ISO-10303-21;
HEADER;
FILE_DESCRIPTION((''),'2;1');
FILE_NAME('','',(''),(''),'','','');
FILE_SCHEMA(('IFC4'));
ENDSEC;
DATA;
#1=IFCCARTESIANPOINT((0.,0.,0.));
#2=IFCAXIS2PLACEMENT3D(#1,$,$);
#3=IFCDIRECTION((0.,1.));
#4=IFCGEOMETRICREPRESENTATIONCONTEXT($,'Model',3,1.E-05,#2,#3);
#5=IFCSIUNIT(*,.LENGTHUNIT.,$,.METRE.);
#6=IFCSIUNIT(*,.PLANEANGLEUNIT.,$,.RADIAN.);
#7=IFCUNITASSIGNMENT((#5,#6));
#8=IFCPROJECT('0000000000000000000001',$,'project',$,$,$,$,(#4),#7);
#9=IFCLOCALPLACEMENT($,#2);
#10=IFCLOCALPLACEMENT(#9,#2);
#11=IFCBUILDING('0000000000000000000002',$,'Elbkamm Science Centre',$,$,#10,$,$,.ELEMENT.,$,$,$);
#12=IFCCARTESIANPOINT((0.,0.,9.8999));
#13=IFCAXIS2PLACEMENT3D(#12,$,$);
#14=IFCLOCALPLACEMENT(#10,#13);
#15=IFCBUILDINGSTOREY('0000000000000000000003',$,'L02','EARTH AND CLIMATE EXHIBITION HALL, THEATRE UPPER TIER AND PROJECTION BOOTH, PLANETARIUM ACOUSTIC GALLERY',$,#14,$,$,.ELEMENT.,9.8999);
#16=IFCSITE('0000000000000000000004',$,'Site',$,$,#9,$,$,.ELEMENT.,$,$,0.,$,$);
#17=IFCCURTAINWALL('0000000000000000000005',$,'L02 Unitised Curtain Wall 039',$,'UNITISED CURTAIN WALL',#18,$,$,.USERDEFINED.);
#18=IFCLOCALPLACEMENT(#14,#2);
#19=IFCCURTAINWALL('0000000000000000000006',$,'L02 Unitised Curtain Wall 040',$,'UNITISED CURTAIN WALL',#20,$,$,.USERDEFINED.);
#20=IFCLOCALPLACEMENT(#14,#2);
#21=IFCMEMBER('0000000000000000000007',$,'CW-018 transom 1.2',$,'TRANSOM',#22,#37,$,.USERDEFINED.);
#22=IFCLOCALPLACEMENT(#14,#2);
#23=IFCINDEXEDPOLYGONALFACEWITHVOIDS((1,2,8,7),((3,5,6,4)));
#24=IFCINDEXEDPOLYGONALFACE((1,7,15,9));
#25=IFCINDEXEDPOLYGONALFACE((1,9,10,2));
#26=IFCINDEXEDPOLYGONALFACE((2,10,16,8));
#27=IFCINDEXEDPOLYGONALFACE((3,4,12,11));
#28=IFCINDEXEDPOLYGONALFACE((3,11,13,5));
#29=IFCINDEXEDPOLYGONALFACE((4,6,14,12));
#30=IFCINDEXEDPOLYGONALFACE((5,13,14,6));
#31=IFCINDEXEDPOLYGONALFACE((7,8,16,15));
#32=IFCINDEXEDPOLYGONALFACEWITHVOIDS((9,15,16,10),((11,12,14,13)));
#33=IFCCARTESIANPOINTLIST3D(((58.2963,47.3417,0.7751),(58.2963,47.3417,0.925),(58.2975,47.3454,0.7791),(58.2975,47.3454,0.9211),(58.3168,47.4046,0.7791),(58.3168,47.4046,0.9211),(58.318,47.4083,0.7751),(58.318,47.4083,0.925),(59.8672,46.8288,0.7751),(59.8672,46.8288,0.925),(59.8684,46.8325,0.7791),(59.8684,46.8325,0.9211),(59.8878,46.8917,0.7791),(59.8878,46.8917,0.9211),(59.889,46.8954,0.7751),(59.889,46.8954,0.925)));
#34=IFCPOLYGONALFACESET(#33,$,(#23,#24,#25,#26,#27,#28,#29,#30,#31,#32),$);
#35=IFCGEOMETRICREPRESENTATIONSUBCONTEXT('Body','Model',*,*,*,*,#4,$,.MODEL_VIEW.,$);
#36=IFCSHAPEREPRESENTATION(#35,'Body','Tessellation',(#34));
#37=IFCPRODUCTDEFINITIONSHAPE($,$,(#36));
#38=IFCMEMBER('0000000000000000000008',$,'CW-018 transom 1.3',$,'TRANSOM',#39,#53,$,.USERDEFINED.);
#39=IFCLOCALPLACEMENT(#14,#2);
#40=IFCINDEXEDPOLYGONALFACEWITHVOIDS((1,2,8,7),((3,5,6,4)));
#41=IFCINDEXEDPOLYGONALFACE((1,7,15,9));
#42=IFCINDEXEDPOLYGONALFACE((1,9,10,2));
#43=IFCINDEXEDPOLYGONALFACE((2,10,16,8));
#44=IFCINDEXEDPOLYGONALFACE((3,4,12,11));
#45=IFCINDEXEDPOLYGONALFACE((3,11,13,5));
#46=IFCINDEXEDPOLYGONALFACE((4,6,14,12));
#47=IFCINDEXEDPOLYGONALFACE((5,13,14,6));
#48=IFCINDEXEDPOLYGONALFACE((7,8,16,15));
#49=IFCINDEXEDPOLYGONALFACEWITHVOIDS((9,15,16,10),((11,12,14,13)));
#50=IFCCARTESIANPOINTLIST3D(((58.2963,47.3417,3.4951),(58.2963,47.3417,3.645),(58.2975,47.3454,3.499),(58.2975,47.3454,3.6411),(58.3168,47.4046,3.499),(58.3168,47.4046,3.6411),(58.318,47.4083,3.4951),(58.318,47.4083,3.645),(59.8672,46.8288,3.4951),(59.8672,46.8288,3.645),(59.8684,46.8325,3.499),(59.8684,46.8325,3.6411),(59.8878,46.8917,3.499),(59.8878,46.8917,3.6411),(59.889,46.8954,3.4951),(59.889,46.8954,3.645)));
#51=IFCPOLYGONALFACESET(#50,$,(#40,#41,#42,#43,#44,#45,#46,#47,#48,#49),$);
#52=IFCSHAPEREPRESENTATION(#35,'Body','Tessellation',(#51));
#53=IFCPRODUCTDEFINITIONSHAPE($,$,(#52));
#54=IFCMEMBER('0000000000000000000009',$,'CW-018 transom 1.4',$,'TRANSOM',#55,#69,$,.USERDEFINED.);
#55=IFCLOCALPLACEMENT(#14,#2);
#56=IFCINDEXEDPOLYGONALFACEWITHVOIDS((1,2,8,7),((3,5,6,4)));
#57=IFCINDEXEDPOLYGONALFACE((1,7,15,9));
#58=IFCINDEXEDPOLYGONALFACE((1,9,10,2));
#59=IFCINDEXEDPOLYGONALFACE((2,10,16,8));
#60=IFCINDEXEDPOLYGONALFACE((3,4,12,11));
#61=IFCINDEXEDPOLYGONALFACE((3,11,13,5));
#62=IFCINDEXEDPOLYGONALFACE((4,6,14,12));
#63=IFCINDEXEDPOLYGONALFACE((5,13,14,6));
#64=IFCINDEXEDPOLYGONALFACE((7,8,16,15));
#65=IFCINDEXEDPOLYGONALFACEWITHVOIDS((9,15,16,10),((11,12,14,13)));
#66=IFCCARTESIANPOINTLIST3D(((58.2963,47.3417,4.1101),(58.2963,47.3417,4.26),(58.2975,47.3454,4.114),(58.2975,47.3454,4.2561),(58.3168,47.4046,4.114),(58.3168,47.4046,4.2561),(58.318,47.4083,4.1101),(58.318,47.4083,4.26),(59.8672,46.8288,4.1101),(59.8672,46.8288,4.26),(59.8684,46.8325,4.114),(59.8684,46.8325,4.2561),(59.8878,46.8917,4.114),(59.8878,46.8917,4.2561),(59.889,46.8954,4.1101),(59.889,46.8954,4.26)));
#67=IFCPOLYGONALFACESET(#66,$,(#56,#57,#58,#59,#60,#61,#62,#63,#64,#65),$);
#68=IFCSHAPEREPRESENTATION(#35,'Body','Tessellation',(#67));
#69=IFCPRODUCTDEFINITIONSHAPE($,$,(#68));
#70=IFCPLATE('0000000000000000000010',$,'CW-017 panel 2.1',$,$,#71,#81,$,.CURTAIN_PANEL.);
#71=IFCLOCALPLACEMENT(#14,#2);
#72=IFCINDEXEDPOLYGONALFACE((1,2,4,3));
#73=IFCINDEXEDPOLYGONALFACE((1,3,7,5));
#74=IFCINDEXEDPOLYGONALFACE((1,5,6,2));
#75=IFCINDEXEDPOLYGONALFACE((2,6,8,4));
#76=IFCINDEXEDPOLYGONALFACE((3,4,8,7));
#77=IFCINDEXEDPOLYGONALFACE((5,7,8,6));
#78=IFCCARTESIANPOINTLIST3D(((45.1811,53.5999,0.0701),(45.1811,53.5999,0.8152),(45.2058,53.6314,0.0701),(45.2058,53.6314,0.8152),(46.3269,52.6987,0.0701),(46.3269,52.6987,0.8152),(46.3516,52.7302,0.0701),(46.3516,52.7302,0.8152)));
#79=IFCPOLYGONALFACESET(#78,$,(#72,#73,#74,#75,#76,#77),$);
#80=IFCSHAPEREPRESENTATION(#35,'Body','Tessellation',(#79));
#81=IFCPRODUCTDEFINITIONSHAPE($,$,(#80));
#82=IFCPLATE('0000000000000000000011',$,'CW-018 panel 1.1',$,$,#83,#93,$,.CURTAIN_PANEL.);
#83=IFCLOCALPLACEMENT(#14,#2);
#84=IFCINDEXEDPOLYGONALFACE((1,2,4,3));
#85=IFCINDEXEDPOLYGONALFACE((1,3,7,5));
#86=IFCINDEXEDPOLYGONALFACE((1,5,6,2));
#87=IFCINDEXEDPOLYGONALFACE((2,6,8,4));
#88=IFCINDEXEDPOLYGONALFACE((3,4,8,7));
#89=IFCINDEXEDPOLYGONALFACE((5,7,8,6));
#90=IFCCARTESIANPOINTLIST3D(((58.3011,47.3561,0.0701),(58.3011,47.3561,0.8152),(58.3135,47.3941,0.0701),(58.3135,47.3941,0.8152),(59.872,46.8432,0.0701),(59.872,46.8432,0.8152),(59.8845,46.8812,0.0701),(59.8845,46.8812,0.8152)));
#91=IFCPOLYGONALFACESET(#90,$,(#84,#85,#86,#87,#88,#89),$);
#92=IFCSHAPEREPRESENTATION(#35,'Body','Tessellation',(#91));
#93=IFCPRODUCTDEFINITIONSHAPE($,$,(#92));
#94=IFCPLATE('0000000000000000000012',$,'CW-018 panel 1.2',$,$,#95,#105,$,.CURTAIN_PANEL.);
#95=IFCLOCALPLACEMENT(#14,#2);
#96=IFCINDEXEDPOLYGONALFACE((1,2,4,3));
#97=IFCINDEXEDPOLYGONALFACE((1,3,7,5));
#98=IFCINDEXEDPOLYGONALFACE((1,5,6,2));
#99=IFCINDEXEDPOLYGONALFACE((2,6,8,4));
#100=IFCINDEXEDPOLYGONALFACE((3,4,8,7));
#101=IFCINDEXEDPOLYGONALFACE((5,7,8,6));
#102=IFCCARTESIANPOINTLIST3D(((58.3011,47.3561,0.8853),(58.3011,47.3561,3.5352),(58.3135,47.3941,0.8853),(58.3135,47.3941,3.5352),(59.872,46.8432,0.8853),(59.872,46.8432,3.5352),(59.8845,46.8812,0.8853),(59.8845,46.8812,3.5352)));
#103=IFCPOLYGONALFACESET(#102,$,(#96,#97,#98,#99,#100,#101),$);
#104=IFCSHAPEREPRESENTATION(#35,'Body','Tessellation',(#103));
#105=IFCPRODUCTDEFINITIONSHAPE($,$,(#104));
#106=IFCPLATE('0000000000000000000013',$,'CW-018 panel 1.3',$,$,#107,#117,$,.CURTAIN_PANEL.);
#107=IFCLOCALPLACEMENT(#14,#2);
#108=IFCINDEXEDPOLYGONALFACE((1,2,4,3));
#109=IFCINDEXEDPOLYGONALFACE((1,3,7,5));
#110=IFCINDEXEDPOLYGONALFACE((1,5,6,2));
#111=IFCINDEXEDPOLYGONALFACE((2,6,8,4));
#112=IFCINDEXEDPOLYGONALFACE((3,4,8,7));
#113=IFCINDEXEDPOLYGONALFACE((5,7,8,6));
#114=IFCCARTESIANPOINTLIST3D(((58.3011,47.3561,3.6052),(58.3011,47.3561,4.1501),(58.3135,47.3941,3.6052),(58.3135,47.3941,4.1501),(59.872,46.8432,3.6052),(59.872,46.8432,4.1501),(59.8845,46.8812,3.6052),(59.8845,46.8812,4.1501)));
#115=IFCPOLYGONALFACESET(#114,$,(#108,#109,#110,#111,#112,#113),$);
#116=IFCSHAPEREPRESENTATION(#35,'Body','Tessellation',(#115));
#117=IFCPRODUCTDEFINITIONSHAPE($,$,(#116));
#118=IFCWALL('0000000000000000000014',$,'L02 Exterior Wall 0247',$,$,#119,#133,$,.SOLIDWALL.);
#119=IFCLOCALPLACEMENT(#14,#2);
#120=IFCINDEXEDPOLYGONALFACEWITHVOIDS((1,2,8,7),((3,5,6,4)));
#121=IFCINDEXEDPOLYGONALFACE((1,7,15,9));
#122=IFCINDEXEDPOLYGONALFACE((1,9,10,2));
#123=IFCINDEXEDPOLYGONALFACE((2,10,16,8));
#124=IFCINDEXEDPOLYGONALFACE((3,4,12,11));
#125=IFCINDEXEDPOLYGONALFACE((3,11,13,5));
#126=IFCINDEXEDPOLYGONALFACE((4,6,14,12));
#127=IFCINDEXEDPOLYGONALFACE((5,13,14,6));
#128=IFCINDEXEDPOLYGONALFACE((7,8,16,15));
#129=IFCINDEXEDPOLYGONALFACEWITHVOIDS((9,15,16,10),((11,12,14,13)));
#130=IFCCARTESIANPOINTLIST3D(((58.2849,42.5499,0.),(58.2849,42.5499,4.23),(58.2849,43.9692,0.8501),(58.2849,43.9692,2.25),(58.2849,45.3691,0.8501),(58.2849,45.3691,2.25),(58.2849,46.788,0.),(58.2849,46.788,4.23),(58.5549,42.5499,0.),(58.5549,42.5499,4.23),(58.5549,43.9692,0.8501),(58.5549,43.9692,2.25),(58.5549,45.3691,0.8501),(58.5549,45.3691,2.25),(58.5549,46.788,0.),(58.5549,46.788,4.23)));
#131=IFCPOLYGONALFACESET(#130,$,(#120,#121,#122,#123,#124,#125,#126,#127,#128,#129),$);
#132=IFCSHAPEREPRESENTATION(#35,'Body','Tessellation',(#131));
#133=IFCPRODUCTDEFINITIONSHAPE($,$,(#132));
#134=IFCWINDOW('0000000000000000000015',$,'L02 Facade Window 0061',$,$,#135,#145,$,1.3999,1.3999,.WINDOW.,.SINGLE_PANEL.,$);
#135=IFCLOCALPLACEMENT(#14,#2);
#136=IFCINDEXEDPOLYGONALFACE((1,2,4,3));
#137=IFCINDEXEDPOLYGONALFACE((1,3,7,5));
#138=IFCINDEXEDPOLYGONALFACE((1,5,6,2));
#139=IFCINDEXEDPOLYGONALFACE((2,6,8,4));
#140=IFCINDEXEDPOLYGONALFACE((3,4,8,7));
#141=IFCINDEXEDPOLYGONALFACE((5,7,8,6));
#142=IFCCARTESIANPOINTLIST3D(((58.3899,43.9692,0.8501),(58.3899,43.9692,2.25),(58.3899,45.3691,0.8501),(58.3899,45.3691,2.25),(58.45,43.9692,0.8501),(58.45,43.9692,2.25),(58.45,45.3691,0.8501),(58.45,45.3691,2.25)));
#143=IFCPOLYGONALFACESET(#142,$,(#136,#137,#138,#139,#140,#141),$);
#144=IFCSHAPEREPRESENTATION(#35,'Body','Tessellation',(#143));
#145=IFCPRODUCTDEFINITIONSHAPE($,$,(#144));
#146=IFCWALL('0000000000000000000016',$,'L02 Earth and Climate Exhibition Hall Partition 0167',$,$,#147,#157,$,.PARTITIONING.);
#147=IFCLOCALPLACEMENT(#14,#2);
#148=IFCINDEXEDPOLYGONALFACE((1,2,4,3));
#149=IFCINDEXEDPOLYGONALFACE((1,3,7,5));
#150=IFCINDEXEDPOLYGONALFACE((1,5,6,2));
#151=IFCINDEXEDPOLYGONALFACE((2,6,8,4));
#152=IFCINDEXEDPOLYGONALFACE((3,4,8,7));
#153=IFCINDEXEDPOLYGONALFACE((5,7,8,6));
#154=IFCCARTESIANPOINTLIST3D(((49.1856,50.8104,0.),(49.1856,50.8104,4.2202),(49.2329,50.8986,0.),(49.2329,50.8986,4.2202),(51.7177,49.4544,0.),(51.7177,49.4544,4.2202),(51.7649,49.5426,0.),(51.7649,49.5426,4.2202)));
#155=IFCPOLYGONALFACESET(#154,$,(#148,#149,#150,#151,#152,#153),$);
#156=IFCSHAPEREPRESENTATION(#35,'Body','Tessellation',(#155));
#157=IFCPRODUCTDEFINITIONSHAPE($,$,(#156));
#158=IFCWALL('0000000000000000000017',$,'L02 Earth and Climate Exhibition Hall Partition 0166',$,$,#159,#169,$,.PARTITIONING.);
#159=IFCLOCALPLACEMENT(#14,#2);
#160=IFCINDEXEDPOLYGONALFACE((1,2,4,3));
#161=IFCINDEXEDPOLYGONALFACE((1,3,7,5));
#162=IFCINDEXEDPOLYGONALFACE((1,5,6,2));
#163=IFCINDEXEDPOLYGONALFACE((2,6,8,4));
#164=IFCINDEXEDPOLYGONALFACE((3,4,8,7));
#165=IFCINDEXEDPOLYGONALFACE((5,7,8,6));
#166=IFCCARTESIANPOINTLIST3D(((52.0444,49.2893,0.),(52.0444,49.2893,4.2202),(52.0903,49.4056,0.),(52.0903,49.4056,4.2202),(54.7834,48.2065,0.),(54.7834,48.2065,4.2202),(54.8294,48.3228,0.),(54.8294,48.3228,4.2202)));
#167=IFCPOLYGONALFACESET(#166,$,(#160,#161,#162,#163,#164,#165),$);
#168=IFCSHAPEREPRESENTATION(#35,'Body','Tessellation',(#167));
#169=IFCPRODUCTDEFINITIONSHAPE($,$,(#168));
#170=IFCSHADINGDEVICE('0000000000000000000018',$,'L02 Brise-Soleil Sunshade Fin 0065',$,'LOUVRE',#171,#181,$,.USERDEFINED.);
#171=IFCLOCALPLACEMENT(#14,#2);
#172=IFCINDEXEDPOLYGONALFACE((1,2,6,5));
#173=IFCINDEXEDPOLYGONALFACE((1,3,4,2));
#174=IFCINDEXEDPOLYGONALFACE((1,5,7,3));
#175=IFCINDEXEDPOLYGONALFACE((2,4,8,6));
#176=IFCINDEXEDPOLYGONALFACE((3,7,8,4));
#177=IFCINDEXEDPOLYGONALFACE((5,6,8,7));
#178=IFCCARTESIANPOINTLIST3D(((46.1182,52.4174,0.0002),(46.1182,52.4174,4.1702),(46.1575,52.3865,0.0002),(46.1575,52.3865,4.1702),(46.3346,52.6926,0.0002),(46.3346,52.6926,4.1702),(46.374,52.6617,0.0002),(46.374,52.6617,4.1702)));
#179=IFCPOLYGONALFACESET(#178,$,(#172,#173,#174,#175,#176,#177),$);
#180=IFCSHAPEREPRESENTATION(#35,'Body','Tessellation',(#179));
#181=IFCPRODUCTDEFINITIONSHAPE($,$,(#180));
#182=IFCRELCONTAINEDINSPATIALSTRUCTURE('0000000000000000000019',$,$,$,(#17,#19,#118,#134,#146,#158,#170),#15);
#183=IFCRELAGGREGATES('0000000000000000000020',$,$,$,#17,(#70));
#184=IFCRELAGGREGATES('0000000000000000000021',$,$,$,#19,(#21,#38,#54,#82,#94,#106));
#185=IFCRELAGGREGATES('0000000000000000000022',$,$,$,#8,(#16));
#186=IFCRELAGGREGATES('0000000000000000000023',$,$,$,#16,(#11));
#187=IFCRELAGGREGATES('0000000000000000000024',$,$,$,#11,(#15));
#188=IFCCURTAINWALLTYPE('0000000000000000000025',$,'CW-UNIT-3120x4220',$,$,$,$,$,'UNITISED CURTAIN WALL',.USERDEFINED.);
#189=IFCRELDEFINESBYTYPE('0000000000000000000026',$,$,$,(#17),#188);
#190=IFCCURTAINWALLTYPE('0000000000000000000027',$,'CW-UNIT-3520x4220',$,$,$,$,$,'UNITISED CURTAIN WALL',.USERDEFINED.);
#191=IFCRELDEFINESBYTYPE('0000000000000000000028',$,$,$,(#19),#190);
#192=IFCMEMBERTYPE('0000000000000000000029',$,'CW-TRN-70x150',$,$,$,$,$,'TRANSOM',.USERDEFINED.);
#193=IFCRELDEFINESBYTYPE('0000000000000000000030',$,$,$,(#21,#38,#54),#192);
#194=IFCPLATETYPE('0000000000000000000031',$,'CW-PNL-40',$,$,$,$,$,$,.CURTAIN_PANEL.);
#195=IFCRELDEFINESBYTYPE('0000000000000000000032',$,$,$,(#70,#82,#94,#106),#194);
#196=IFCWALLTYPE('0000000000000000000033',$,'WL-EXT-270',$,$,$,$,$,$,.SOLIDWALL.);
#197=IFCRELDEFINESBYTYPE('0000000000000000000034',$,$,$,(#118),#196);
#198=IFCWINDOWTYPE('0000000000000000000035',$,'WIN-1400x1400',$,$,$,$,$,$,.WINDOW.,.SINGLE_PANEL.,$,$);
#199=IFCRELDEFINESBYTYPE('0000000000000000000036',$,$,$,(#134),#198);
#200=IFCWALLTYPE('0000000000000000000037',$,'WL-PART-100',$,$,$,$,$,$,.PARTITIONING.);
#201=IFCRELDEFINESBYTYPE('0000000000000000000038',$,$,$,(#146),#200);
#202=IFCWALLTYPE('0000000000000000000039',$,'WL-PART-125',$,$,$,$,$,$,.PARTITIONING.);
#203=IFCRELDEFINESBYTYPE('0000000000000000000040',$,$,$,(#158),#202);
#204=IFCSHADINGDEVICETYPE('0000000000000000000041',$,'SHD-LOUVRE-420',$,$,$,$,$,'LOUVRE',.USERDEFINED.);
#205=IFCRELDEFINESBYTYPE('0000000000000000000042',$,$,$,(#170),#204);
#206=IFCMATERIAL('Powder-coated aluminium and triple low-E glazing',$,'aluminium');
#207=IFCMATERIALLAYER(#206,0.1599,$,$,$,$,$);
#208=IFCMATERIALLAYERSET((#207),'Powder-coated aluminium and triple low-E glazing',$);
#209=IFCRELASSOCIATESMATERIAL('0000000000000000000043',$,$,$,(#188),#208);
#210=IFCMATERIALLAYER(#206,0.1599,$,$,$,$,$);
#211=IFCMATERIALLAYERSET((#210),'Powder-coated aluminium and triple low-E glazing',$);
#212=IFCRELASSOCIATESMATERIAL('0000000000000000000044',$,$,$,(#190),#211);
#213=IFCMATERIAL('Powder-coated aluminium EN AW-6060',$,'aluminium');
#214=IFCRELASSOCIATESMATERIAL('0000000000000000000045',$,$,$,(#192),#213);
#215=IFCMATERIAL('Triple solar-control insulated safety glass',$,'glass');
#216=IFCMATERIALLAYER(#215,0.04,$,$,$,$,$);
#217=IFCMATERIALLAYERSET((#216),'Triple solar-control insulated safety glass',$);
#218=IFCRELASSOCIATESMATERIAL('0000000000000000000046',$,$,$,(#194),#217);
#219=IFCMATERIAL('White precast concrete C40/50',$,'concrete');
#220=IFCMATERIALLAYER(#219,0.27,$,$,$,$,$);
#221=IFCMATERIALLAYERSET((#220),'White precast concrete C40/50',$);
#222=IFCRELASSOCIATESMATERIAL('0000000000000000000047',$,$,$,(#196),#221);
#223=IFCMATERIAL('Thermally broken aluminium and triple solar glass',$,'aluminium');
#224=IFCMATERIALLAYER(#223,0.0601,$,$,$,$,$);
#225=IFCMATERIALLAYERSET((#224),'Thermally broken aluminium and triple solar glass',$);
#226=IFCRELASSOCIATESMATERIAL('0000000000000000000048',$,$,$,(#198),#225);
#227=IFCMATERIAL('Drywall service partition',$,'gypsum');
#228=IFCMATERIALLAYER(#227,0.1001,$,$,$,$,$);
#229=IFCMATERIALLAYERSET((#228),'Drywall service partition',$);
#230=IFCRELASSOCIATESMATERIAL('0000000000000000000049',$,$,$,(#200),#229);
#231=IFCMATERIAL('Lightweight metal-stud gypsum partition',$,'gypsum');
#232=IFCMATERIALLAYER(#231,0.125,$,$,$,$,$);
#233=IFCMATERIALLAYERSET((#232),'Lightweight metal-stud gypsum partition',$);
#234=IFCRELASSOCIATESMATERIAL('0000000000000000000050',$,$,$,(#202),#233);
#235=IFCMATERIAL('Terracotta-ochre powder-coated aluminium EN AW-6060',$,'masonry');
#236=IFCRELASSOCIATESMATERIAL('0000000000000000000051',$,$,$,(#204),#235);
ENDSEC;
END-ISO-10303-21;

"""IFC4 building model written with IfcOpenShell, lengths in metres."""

from ifc_helpers import new_model, si_unit, direction, frame, frame_2d, origin, origin_2d, place, context, subcontext, project, spatial, rectangle, hollow_rectangle, extrude, material, layer, layer_set, material_profile, profile_set, type_object, element, fill, aggregate, save


model = new_model("IFC4")

# Units and contexts
model_context = context("Model", 3, precision=1e-05, world=origin(), true_north=direction((0.0, 1.0)))
body_context = subcontext(model_context, "Body", "Model", "MODEL_VIEW")
ifc_project = project(units=[si_unit("LENGTHUNIT", "METRE"), si_unit("PLANEANGLEUNIT", "RADIAN")], contexts=[model_context])

# Site, building, storey
site_placement = place(None, origin())
site = spatial("IfcSite", under=ifc_project, at=site_placement, Name="Site", CompositionType="ELEMENT", RefElevation=0.0)
building_placement = place(site_placement, origin())
building = spatial("IfcBuilding", under=site, at=building_placement, Name="Elbkamm Science Centre", CompositionType="ELEMENT")
storey_placement = place(building_placement, frame((0.0, 0.0, 9.8999)))
storey = spatial("IfcBuildingStorey", under=building, at=storey_placement, Name="L02", Description="EARTH AND CLIMATE EXHIBITION HALL, THEATRE UPPER TIER AND PROJECTION BOOTH, PLANETARIUM ACOUSTIC GALLERY", CompositionType="ELEMENT", Elevation=9.8999)

# Curtain wall
ifc_material_1 = material(Name="Powder-coated aluminium and triple low-E glazing", Category="aluminium")
ifc_layer_1 = layer(ifc_material_1, 0.1599)
ifc_layer_set_1 = layer_set([ifc_layer_1], Name="Powder-coated aluminium and triple low-E glazing")
curtain_wall_type_1 = type_object("IfcCurtainWallType", Name="CW-UNIT-3120x4220", ElementType="UNITISED CURTAIN WALL", PredefinedType="USERDEFINED", material=ifc_layer_set_1)
curtain_wall_1_placement = place(storey_placement, origin())
curtain_wall_1 = element("IfcCurtainWall", 1, at=curtain_wall_1_placement, inside=storey, type_object=curtain_wall_type_1, Name="L02 Unitised Curtain Wall 039", ObjectType="UNITISED CURTAIN WALL", PredefinedType="USERDEFINED")
ifc_material_2 = material(Name="Powder-coated aluminium EN AW-6060", Category="aluminium")

# Curtain wall, members
ifc_layer_2 = layer(ifc_material_1, 0.1599)
ifc_layer_set_2 = layer_set([ifc_layer_2], Name="Powder-coated aluminium and triple low-E glazing")
curtain_wall_type_2 = type_object("IfcCurtainWallType", Name="CW-UNIT-3520x4220", ElementType="UNITISED CURTAIN WALL", PredefinedType="USERDEFINED", material=ifc_layer_set_2)
curtain_wall_2_placement = place(storey_placement, origin())
curtain_wall_2 = element("IfcCurtainWall", 2, at=curtain_wall_2_placement, inside=storey, type_object=curtain_wall_type_2, Name="L02 Unitised Curtain Wall 040", ObjectType="UNITISED CURTAIN WALL", PredefinedType="USERDEFINED")
ifc_material_profile_1 = material_profile(ifc_material_2, hollow_rectangle(XDim=0.0701, YDim=0.1499, WallThickness=0.0039, at=origin_2d()), Name="ALU T70x150")
ifc_profile_set_1 = profile_set([ifc_material_profile_1], Name="Powder-coated aluminium EN AW-6060")
member_type_1 = type_object("IfcMemberType", Name="CW-TRN-70x150", ElementType="TRANSOM", PredefinedType="USERDEFINED", material=ifc_profile_set_1)
member_1_placement = place(storey_placement, frame((58.3071, 47.375, 0.8501), z_axis=(0.950615, -0.310372, 0.0), x_axis=(0.310372, 0.950615, 0.0)))
member_1 = element("IfcMember", 3, at=member_1_placement, type_object=member_type_1, Name="CW-018 transom 1.2", ObjectType="TRANSOM", PredefinedType="USERDEFINED", context=body_context, shape_type="SweptSolid", body=[
    extrude(hollow_rectangle(XDim=0.0701, YDim=0.1499, WallThickness=0.0039, at=origin_2d()), origin(), (0.0, 0.0, 1.0), 1.6526),
])
member_2_placement = place(storey_placement, frame((58.3071, 47.375, 3.5701), z_axis=(0.950615, -0.310372, 0.0), x_axis=(0.310372, 0.950615, 0.0)))
member_2 = element("IfcMember", 4, at=member_2_placement, type_object=member_type_1, Name="CW-018 transom 1.3", ObjectType="TRANSOM", PredefinedType="USERDEFINED", context=body_context, shape_type="SweptSolid", body=[
    extrude(hollow_rectangle(XDim=0.0701, YDim=0.1499, WallThickness=0.0039, at=origin_2d()), origin(), (0.0, 0.0, 1.0), 1.6526),
])
member_3_placement = place(storey_placement, frame((58.3071, 47.375, 4.1851), z_axis=(0.950615, -0.310372, 0.0), x_axis=(0.310372, 0.950615, 0.0)))
member_3 = element("IfcMember", 5, at=member_3_placement, type_object=member_type_1, Name="CW-018 transom 1.4", ObjectType="TRANSOM", PredefinedType="USERDEFINED", context=body_context, shape_type="SweptSolid", body=[
    extrude(hollow_rectangle(XDim=0.0701, YDim=0.1499, WallThickness=0.0039, at=origin_2d()), origin(), (0.0, 0.0, 1.0), 1.6526),
])

# Plates
ifc_material_3 = material(Name="Triple solar-control insulated safety glass", Category="glass")
ifc_layer_3 = layer(ifc_material_3, 0.04)
ifc_layer_set_3 = layer_set([ifc_layer_3], Name="Triple solar-control insulated safety glass")
plate_type = type_object("IfcPlateType", Name="CW-PNL-40", PredefinedType="CURTAIN_PANEL", material=ifc_layer_set_3)
plate_1_placement = place(storey_placement, frame((45.7664, 53.165, 0.0701), z_axis=(0.0, 0.0, 1.0), x_axis=(0.786005, -0.61822, 0.0)))
plate_1 = element("IfcPlate", 6, at=plate_1_placement, type_object=plate_type, Name="CW-017 panel 2.1", PredefinedType="CURTAIN_PANEL", context=body_context, shape_type="SweptSolid", body=[
    extrude(rectangle(XDim=1.4578, YDim=0.04, at=origin_2d()), origin(), (0.0, 0.0, 1.0), 0.7451),
])
aggregate(curtain_wall_1, [plate_1])
plate_2_placement = place(storey_placement, frame((59.0928, 47.1187, 0.0701), z_axis=(0.0, 0.0, 1.0), x_axis=(0.950617, -0.310367, 0.0)))
plate_2 = element("IfcPlate", 7, at=plate_2_placement, type_object=plate_type, Name="CW-018 panel 1.1", PredefinedType="CURTAIN_PANEL", context=body_context, shape_type="SweptSolid", body=[
    extrude(rectangle(XDim=1.6526, YDim=0.04, at=origin_2d()), origin(), (0.0, 0.0, 1.0), 0.7451),
])
plate_3_placement = place(storey_placement, frame((59.0928, 47.1187, 0.8853), z_axis=(0.0, 0.0, 1.0), x_axis=(0.950617, -0.310367, 0.0)))
plate_3 = element("IfcPlate", 8, at=plate_3_placement, type_object=plate_type, Name="CW-018 panel 1.2", PredefinedType="CURTAIN_PANEL", context=body_context, shape_type="SweptSolid", body=[
    extrude(rectangle(XDim=1.6526, YDim=0.04, at=origin_2d()), origin(), (0.0, 0.0, 1.0), 2.6499),
])
plate_4_placement = place(storey_placement, frame((59.0928, 47.1187, 3.6052), z_axis=(0.0, 0.0, 1.0), x_axis=(0.950617, -0.310367, 0.0)))
plate_4 = element("IfcPlate", 9, at=plate_4_placement, type_object=plate_type, Name="CW-018 panel 1.3", PredefinedType="CURTAIN_PANEL", context=body_context, shape_type="SweptSolid", body=[
    extrude(rectangle(XDim=1.6526, YDim=0.04, at=origin_2d()), origin(), (0.0, 0.0, 1.0), 0.5449),
])
aggregate(curtain_wall_2, [member_1, member_2, member_3, plate_2, plate_3, plate_4])

# Wall, opening, window
ifc_material_4 = material(Name="White precast concrete C40/50", Category="concrete")
ifc_layer_4 = layer(ifc_material_4, 0.27)
ifc_layer_set_4 = layer_set([ifc_layer_4], Name="White precast concrete C40/50")
wall_type_1 = type_object("IfcWallType", Name="WL-EXT-270", PredefinedType="SOLIDWALL", material=ifc_layer_set_4)
wall_1_placement = place(storey_placement, frame((58.4199, 46.7881, 0.0), z_axis=(0.0, 0.0, 1.0), x_axis=(0.0, -1.0, 0.0)))
wall_1 = element("IfcWall", 10, at=wall_1_placement, inside=storey, type_object=wall_type_1, Name="L02 Exterior Wall 0247", PredefinedType="SOLIDWALL", context=body_context, shape_type="SweptSolid", body=[
    extrude(rectangle(XDim=4.238, YDim=0.27, at=frame_2d((2.1191, 0.0))), origin(), (0.0, 0.0, 1.0), 4.23),
])
opening_placement = place(wall_1_placement, frame((1.4189, 0.0, 0.8501)))
opening = element("IfcOpeningElement", 11, at=opening_placement, cuts=wall_1, PredefinedType="OPENING", context=body_context, shape_type="SweptSolid", body=[
    extrude(rectangle(XDim=1.3999, YDim=1.3999, at=frame_2d((0.7, 0.7))), frame((0.0, 0.147, 0.0), z_axis=(0.0, -1.0, 0.0), x_axis=(1.0, 0.0, 0.0)), (0.0, 0.0, 1.0), 0.2939),
])
ifc_material_5 = material(Name="Thermally broken aluminium and triple solar glass", Category="aluminium")
ifc_layer_5 = layer(ifc_material_5, 0.0601)
ifc_layer_set_5 = layer_set([ifc_layer_5], Name="Thermally broken aluminium and triple solar glass")
window_type = type_object("IfcWindowType", Name="WIN-1400x1400", PartitioningType="SINGLE_PANEL", PredefinedType="WINDOW", material=ifc_layer_set_5)
window_placement = place(opening_placement, origin())
window = element("IfcWindow", 12, at=window_placement, inside=storey, type_object=window_type, Name="L02 Facade Window 0061", OverallHeight=1.3999, OverallWidth=1.3999, PartitioningType="SINGLE_PANEL", PredefinedType="WINDOW", context=body_context, shape_type="SweptSolid", body=[
    extrude(rectangle(XDim=1.3999, YDim=1.3999, at=frame_2d((0.7, 0.7))), frame((0.0, 0.03, 0.0), z_axis=(0.0, -1.0, 0.0), x_axis=(1.0, 0.0, 0.0)), (0.0, 0.0, 1.0), 0.0601),
])
fill(opening, window)

# Walls
ifc_material_6 = material(Name="Drywall service partition", Category="gypsum")
ifc_layer_6 = layer(ifc_material_6, 0.1001)
ifc_layer_set_6 = layer_set([ifc_layer_6], Name="Drywall service partition")
wall_type_2 = type_object("IfcWallType", Name="WL-PART-100", PredefinedType="PARTITIONING", material=ifc_layer_set_6)
wall_2_placement = place(storey_placement, frame((51.7412, 49.4985, 0.0), z_axis=(0.0, 0.0, 1.0), x_axis=(-0.881547, 0.472096, 0.0)))
element("IfcWall", 13, at=wall_2_placement, inside=storey, type_object=wall_type_2, Name="L02 Earth and Climate Exhibition Hall Partition 0167", PredefinedType="PARTITIONING", context=body_context, shape_type="SweptSolid", body=[
    extrude(rectangle(XDim=2.8723, YDim=0.1001, at=frame_2d((1.436, 0.0))), origin(), (0.0, 0.0, 1.0), 4.2202),
])
ifc_material_7 = material(Name="Lightweight metal-stud gypsum partition", Category="gypsum")
ifc_layer_7 = layer(ifc_material_7, 0.125)
ifc_layer_set_7 = layer_set([ifc_layer_7], Name="Lightweight metal-stud gypsum partition")
wall_type_3 = type_object("IfcWallType", Name="WL-PART-125", PredefinedType="PARTITIONING", material=ifc_layer_set_7)
wall_3_placement = place(storey_placement, frame((54.8064, 48.2646, 0.0), z_axis=(0.0, 0.0, 1.0), x_axis=(-0.929973, 0.367629, 0.0)))
element("IfcWall", 14, at=wall_3_placement, inside=storey, type_object=wall_type_3, Name="L02 Earth and Climate Exhibition Hall Partition 0166", PredefinedType="PARTITIONING", context=body_context, shape_type="SweptSolid", body=[
    extrude(rectangle(XDim=2.9453, YDim=0.125, at=frame_2d((1.4727, 0.0))), origin(), (0.0, 0.0, 1.0), 4.2202),
])

# Shading device
ifc_material_8 = material(Name="Terracotta-ochre powder-coated aluminium EN AW-6060", Category="masonry")
shading_device_type = type_object("IfcShadingDeviceType", Name="SHD-LOUVRE-420", ElementType="LOUVRE", PredefinedType="USERDEFINED", material=ifc_material_8)
shading_device_placement = place(storey_placement, frame((46.2461, 52.5396, 0.0002), z_axis=(0.0, 0.0, 1.0), x_axis=(-0.61822, -0.786005, 0.0)))
element("IfcShadingDevice", 15, at=shading_device_placement, inside=storey, type_object=shading_device_type, Name="L02 Brise-Soleil Sunshade Fin 0065", ObjectType="LOUVRE", PredefinedType="USERDEFINED", context=body_context, shape_type="SweptSolid", body=[
    extrude(rectangle(XDim=0.3501, YDim=0.05, at=origin_2d()), origin(), (0.0, 0.0, 1.0), 4.1699),
])

save(model, "model.ifc")
